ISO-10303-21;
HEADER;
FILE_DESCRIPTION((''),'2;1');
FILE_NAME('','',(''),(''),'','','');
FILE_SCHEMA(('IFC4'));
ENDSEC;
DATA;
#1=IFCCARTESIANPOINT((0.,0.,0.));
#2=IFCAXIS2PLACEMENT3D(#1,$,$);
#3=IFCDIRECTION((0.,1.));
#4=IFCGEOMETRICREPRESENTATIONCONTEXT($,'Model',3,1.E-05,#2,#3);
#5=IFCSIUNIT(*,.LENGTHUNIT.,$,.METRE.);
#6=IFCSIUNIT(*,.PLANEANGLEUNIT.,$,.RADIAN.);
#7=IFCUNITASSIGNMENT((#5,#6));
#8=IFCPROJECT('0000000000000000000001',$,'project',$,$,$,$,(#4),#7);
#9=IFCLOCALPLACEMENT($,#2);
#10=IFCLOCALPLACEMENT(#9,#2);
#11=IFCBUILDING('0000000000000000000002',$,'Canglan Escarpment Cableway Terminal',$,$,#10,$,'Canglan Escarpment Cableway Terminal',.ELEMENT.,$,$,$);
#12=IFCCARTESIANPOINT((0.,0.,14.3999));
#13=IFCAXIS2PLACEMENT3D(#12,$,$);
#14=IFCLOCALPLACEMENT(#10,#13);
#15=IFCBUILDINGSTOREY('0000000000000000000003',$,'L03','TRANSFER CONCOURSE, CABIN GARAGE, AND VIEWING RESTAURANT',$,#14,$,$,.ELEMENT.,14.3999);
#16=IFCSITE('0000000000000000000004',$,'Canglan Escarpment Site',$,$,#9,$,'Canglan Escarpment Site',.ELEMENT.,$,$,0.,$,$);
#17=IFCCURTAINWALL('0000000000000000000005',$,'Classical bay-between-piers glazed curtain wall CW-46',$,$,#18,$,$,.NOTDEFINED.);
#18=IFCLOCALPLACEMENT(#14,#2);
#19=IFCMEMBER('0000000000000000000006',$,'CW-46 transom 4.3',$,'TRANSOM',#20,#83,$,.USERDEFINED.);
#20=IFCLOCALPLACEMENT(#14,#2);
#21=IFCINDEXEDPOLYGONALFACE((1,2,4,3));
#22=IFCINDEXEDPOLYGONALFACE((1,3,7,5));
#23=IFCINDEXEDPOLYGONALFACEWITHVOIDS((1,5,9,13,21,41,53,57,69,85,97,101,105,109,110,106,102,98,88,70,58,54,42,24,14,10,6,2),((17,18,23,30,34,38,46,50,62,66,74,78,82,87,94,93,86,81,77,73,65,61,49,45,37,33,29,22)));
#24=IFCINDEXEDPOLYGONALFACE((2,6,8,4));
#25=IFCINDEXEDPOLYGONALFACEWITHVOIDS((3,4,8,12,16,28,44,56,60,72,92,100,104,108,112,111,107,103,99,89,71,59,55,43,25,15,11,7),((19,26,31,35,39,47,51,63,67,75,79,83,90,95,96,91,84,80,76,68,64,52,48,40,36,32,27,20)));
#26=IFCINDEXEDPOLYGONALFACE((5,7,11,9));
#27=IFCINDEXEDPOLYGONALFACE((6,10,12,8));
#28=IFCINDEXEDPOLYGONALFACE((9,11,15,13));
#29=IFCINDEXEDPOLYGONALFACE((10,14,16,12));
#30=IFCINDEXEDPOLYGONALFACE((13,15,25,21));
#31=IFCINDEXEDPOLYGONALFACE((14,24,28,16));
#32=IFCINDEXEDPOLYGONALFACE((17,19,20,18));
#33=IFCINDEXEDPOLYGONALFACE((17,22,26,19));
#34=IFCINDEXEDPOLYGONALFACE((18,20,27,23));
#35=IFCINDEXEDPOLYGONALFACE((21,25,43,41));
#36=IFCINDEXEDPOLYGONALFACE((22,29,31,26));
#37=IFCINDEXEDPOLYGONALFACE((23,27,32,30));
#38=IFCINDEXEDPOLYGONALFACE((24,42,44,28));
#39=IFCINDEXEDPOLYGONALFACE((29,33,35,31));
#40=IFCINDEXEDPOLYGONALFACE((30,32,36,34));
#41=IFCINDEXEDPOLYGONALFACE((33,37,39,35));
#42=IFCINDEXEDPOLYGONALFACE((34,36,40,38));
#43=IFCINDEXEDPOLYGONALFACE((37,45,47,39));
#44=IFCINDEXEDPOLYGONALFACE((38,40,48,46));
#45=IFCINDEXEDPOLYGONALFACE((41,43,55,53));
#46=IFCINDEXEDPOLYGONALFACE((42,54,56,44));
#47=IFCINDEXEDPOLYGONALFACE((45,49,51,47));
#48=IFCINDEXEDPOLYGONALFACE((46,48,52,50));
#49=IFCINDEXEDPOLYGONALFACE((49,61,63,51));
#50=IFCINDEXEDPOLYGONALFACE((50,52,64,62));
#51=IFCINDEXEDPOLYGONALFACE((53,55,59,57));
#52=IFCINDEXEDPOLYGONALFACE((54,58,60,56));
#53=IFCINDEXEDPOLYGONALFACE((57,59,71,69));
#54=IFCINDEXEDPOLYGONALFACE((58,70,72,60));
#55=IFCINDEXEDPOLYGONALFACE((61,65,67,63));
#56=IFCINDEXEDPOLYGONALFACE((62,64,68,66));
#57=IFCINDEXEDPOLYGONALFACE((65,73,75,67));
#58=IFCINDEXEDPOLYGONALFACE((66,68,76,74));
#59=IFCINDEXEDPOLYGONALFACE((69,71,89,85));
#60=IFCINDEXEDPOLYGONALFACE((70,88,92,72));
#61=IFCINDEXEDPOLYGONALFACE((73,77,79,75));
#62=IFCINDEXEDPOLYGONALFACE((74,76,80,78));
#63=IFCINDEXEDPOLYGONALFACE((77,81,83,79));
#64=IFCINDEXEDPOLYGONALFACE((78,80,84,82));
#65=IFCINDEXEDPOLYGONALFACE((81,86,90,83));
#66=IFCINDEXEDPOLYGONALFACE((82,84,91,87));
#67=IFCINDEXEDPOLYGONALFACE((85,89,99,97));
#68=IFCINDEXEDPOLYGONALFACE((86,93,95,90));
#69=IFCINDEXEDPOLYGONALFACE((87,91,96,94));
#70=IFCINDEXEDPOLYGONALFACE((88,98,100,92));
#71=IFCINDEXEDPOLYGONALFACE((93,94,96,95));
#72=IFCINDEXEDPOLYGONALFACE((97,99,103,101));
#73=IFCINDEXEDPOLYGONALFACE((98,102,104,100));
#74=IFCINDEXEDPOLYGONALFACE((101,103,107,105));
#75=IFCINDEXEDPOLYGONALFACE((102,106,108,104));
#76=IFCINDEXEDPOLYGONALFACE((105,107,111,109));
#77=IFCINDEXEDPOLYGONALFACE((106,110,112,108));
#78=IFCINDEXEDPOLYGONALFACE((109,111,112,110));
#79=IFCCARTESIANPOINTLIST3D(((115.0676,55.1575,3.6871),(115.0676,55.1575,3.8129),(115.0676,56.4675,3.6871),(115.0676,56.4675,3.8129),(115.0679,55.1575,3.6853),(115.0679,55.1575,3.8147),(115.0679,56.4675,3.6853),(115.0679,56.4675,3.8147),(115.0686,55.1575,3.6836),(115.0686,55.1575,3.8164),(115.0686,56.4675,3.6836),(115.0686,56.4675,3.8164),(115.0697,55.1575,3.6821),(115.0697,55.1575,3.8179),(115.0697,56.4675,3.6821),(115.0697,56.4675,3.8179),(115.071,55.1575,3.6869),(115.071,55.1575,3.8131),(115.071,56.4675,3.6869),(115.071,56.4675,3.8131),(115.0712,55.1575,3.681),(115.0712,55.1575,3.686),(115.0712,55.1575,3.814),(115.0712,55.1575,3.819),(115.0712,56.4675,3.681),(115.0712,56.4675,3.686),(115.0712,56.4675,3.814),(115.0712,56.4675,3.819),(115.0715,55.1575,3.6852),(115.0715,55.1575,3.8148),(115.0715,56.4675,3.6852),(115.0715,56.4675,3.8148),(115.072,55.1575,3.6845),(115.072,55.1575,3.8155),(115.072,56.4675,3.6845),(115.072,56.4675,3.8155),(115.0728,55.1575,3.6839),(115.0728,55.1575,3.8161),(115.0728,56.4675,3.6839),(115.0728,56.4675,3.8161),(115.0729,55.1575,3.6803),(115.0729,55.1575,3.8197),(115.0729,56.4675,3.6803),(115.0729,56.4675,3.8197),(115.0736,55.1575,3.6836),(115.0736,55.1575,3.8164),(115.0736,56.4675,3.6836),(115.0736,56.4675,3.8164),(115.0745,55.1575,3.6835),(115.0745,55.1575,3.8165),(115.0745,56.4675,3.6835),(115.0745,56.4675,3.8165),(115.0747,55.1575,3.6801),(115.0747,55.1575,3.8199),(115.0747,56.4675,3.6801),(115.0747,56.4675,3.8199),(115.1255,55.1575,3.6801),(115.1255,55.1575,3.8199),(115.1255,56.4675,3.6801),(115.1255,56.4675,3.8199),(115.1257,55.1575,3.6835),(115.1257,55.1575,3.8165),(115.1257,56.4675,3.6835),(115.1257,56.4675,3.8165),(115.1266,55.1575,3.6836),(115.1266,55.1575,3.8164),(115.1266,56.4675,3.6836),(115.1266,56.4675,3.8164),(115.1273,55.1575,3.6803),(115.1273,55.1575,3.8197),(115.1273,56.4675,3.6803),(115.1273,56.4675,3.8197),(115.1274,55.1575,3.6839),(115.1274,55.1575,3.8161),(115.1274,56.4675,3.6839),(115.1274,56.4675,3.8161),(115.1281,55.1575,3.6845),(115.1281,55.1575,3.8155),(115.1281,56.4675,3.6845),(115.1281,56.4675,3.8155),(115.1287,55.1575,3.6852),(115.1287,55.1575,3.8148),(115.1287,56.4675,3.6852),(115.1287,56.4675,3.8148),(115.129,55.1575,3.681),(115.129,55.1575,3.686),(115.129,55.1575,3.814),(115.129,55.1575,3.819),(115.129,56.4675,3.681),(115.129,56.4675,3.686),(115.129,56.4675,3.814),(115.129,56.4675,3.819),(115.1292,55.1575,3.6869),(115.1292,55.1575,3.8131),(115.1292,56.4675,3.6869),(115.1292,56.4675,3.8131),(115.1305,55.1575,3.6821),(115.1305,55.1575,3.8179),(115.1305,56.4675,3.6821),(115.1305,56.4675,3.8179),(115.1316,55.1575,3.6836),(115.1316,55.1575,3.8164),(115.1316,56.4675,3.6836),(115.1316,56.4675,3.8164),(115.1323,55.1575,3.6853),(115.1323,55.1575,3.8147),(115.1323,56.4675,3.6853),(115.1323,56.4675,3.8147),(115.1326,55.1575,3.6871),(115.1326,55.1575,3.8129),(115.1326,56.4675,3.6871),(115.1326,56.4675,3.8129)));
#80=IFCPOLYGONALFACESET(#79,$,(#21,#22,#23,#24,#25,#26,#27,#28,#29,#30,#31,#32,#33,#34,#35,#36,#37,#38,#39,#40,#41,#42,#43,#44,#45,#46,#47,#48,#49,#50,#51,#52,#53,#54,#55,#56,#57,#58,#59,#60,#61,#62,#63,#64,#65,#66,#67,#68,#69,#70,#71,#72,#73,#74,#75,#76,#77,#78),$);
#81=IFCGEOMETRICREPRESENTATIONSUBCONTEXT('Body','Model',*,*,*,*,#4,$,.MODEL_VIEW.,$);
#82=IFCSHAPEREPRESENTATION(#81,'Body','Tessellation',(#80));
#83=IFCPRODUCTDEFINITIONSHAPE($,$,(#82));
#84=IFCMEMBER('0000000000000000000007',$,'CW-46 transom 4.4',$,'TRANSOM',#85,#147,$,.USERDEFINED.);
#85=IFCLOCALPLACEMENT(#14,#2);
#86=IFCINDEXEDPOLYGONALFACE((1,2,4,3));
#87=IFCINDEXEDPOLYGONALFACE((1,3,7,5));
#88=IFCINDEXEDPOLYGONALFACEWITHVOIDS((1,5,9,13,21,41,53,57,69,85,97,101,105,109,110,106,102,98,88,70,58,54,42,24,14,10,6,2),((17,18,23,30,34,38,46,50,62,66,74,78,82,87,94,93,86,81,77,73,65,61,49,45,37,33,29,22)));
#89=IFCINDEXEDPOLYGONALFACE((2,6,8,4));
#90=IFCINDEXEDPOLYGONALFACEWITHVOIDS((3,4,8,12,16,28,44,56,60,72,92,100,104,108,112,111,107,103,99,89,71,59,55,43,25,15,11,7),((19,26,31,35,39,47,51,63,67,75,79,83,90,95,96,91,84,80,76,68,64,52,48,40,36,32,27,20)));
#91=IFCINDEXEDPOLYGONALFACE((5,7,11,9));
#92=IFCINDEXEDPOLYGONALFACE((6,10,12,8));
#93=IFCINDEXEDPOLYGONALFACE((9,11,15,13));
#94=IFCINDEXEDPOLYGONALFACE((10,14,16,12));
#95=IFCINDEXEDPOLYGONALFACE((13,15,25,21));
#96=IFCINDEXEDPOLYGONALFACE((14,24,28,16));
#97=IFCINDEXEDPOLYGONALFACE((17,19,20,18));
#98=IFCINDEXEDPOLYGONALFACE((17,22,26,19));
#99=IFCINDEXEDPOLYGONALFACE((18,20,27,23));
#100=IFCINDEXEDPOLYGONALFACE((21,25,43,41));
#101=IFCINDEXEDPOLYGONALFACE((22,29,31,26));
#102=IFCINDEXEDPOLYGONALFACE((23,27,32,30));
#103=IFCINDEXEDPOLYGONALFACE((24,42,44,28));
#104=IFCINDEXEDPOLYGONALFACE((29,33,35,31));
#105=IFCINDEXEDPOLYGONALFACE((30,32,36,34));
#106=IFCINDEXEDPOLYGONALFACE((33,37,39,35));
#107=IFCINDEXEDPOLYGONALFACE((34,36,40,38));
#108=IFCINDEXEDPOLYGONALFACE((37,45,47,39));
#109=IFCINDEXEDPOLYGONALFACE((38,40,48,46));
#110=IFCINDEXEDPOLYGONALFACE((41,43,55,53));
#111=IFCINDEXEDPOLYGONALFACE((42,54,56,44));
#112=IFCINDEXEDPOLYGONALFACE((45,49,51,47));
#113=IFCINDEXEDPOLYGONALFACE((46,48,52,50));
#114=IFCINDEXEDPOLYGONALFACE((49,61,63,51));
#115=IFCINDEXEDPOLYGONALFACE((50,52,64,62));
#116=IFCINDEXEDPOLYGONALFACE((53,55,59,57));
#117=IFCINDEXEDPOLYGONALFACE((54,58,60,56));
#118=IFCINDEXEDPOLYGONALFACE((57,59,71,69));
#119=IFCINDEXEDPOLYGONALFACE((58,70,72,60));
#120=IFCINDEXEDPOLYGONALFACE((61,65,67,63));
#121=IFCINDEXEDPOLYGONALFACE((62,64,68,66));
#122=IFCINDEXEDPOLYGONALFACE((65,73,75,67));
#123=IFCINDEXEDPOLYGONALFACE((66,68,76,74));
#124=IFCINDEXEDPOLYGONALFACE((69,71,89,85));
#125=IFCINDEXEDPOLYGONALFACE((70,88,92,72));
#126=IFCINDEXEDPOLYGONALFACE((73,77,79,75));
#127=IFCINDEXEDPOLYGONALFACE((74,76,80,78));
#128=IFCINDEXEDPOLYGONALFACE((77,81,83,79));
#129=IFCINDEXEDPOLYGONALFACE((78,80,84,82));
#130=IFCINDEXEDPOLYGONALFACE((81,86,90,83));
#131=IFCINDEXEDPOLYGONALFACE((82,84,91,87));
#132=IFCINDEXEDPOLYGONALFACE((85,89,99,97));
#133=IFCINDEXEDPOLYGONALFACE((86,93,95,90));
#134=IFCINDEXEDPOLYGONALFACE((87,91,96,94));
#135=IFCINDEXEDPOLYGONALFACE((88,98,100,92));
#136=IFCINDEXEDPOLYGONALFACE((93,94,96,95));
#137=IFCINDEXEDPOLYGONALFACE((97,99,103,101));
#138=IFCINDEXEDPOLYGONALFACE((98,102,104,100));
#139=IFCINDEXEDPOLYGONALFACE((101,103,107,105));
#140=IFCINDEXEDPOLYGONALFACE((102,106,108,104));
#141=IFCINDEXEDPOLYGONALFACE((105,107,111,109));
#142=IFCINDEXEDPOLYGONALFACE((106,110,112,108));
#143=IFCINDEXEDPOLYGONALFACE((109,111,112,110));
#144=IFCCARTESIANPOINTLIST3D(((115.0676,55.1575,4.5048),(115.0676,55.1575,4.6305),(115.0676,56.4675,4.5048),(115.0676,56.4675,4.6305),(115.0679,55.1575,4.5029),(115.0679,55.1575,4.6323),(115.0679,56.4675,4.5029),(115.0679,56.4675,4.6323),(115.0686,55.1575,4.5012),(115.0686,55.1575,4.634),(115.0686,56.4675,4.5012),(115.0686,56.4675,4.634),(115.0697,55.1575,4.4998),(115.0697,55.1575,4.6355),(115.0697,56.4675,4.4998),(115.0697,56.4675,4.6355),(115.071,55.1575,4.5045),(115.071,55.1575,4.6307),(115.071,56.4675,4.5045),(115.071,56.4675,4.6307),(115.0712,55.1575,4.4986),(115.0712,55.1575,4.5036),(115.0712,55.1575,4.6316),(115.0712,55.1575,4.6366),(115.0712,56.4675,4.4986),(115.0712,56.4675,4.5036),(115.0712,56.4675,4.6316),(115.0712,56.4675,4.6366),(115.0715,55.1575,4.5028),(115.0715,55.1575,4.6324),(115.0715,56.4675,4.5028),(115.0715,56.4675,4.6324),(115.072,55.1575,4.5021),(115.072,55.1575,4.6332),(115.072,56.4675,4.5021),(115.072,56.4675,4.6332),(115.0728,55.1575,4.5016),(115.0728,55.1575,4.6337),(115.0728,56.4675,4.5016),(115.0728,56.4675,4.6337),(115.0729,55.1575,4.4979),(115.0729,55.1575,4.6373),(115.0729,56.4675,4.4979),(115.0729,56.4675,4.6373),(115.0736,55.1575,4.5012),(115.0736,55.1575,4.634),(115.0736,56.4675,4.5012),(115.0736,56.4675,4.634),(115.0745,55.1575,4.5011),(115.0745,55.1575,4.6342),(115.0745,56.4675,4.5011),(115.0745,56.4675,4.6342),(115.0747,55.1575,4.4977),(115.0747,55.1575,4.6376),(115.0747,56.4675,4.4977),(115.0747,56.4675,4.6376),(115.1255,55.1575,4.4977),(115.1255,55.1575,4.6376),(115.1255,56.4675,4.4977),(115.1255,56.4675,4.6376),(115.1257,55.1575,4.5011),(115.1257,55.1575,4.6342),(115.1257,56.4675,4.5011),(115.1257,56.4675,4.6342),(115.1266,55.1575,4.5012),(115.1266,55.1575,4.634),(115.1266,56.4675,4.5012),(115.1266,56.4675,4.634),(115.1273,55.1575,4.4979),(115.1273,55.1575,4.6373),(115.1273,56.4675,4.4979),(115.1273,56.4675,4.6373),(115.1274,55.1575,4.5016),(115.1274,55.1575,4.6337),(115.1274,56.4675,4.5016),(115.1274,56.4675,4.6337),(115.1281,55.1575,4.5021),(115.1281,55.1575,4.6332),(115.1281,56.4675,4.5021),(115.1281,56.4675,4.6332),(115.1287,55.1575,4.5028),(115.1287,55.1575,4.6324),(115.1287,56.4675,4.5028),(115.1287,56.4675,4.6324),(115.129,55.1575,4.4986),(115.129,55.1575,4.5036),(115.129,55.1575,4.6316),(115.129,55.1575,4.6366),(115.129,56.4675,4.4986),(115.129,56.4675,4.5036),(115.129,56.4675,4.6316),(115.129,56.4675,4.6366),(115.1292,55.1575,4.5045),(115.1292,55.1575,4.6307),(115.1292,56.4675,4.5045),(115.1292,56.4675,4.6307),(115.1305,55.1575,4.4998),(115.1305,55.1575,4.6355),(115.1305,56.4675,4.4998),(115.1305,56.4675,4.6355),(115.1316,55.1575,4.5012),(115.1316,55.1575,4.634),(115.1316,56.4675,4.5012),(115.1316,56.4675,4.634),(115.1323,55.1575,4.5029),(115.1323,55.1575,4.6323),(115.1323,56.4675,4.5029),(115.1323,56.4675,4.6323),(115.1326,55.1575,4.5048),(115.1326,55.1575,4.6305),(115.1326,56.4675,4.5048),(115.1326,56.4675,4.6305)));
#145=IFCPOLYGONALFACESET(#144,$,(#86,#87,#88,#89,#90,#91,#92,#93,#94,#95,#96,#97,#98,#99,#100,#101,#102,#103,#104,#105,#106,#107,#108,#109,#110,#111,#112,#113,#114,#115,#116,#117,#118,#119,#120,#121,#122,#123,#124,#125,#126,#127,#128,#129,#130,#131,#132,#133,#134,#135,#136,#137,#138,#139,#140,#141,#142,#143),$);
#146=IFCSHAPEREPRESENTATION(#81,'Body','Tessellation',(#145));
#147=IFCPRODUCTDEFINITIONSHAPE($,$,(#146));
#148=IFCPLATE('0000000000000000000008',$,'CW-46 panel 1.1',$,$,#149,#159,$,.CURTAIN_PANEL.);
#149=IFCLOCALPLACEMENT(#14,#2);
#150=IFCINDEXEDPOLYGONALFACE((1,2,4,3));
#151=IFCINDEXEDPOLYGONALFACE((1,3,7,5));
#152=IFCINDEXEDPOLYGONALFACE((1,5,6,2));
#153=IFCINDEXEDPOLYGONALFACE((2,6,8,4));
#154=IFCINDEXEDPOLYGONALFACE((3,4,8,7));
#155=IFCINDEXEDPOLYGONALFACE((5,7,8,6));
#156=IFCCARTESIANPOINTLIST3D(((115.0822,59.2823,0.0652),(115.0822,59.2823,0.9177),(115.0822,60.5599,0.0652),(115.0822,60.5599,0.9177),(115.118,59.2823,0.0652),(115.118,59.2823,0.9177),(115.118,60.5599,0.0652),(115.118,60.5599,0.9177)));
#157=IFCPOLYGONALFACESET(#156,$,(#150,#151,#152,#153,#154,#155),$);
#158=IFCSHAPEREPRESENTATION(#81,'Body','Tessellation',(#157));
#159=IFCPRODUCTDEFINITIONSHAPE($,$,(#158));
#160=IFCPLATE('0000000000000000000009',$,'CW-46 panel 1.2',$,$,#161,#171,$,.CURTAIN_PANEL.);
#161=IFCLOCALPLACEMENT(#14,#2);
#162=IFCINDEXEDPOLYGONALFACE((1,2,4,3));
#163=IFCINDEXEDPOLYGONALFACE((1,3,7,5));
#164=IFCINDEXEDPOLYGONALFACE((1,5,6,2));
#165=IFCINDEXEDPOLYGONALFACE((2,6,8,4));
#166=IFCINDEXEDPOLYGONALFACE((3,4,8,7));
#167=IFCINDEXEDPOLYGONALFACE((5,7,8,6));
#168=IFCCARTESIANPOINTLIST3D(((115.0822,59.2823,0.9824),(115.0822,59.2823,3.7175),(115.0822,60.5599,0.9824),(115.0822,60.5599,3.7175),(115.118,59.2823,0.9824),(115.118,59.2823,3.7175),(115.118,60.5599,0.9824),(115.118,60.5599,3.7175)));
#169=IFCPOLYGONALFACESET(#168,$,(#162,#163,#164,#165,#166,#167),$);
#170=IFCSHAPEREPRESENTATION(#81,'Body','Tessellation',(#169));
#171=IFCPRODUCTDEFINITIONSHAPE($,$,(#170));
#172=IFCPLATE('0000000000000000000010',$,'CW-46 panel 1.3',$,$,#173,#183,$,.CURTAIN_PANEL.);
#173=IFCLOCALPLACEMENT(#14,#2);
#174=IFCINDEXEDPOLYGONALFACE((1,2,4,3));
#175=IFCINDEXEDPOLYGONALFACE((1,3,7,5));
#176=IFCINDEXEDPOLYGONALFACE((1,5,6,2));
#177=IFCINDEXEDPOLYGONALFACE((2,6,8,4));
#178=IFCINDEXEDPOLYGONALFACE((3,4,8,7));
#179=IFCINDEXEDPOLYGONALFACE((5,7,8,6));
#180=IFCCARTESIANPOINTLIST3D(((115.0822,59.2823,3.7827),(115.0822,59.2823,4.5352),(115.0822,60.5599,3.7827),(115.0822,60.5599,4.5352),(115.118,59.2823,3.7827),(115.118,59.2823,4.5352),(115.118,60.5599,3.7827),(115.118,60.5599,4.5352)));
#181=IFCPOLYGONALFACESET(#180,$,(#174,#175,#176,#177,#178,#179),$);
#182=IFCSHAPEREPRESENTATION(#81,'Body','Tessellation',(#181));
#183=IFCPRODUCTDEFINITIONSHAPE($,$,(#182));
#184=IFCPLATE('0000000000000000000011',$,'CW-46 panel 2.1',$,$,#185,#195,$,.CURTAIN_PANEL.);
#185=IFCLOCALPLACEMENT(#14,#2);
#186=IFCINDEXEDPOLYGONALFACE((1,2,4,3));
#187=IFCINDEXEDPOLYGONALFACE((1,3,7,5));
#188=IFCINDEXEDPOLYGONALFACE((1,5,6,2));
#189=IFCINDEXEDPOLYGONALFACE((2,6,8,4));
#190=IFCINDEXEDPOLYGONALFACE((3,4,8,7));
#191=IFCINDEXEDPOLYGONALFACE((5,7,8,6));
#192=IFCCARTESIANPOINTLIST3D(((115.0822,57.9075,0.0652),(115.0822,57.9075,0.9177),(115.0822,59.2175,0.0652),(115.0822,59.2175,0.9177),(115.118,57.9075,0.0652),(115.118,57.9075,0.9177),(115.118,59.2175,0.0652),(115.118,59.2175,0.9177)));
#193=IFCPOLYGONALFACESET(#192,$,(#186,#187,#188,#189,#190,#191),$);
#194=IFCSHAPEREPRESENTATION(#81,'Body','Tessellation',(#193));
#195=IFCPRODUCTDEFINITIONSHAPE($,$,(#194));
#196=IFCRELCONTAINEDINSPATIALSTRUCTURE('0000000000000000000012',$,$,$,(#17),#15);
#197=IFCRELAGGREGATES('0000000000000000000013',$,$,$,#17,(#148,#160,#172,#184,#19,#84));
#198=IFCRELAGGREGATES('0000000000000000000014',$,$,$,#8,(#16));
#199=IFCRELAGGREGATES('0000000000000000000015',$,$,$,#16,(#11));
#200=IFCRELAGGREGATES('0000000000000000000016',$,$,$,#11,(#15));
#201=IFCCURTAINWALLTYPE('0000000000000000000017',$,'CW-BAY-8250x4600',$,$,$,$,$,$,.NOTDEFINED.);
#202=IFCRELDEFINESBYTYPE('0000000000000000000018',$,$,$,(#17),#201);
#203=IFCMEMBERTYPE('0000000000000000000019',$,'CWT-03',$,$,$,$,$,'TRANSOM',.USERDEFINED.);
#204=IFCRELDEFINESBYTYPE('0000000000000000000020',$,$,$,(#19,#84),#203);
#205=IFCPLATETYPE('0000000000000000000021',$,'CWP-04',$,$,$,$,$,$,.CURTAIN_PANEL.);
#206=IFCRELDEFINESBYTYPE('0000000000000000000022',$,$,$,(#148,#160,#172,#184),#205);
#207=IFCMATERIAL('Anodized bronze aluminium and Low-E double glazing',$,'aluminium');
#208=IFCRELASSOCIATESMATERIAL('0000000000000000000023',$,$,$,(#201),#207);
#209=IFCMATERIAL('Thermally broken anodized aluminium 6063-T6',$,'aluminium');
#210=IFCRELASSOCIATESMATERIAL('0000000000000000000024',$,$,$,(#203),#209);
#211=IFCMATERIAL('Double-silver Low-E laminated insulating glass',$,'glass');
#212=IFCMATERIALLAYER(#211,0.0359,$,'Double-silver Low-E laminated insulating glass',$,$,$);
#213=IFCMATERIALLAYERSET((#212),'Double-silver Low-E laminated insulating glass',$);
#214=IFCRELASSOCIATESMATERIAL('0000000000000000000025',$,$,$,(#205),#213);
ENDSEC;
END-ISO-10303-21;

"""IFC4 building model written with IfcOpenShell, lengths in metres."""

from ifc_helpers import new_model, si_unit, direction, frame, origin, origin_2d, place, context, subcontext, project, spatial, rectangle, hollow_rectangle, extrude, material, layer, layer_set, material_profile, profile_set, type_object, element, aggregate, save


model = new_model("IFC4")

# Units and contexts
model_context = context("Model", 3, precision=1e-05, world=origin(), true_north=direction((0.0, 1.0)))
body_context = subcontext(model_context, "Body", "Model", "MODEL_VIEW")
ifc_project = project(units=[si_unit("LENGTHUNIT", "METRE"), si_unit("PLANEANGLEUNIT", "RADIAN")], contexts=[model_context])

# Site, building, storey
site_placement = place(None, origin())
site = spatial("IfcSite", under=ifc_project, at=site_placement, Name="Canglan Escarpment Site", LongName="Canglan Escarpment Site", CompositionType="ELEMENT", RefElevation=0.0)
building_placement = place(site_placement, origin())
building = spatial("IfcBuilding", under=site, at=building_placement, Name="Canglan Escarpment Cableway Terminal", LongName="Canglan Escarpment Cableway Terminal", CompositionType="ELEMENT")
storey_placement = place(building_placement, frame((0.0, 0.0, 14.3999)))
storey = spatial("IfcBuildingStorey", under=building, at=storey_placement, Name="L03", Description="TRANSFER CONCOURSE, CABIN GARAGE, AND VIEWING RESTAURANT", CompositionType="ELEMENT", Elevation=14.3999)

# Curtain wall, members, plates
ifc_material_1 = material(Name="Anodized bronze aluminium and Low-E double glazing", Category="aluminium")
curtain_wall_type = type_object("IfcCurtainWallType", Name="CW-BAY-8250x4600", PredefinedType="NOTDEFINED", material=ifc_material_1)
curtain_wall_placement = place(storey_placement, origin())
curtain_wall = element("IfcCurtainWall", 1, at=curtain_wall_placement, inside=storey, type_object=curtain_wall_type, Name="Classical bay-between-piers glazed curtain wall CW-46", PredefinedType="NOTDEFINED")
ifc_material_2 = material(Name="Thermally broken anodized aluminium 6063-T6", Category="aluminium")
ifc_material_profile_1 = material_profile(ifc_material_2, hollow_rectangle(XDim=0.0649, YDim=0.1399, WallThickness=0.0034, InnerFilletRadius=0.0034, OuterFilletRadius=0.0071, at=origin_2d()), Name="ALU-TRAN 65x140x3.5")
ifc_profile_set_1 = profile_set([ifc_material_profile_1], Name="Thermally broken anodized aluminium 6063-T6")
member_type_1 = type_object("IfcMemberType", Name="CWT-03", ElementType="TRANSOM", PredefinedType="USERDEFINED", material=ifc_profile_set_1)
member_1_placement = place(storey_placement, frame((115.1001, 56.4675, 3.75), z_axis=(0.0, -1.0, 0.0), x_axis=(1.0, 0.0, 0.0)))
member_1 = element("IfcMember", 2, at=member_1_placement, type_object=member_type_1, Name="CW-46 transom 4.3", ObjectType="TRANSOM", PredefinedType="USERDEFINED", context=body_context, shape_type="SweptSolid", body=[
    extrude(hollow_rectangle(XDim=0.0649, YDim=0.1399, WallThickness=0.0034, InnerFilletRadius=0.0034, OuterFilletRadius=0.0071, at=origin_2d()), origin(), (0.0, 0.0, 1.0), 1.3101),
])
member_2_placement = place(storey_placement, frame((115.1001, 56.4675, 4.5676), z_axis=(0.0, -1.0, 0.0), x_axis=(1.0, 0.0, 0.0)))
member_2 = element("IfcMember", 3, at=member_2_placement, type_object=member_type_1, Name="CW-46 transom 4.4", ObjectType="TRANSOM", PredefinedType="USERDEFINED", context=body_context, shape_type="SweptSolid", body=[
    extrude(hollow_rectangle(XDim=0.0649, YDim=0.1399, WallThickness=0.0034, InnerFilletRadius=0.0034, OuterFilletRadius=0.0071, at=origin_2d()), origin(), (0.0, 0.0, 1.0), 1.3101),
])
ifc_material_3 = material(Name="Double-silver Low-E laminated insulating glass", Category="glass")
ifc_layer = layer(ifc_material_3, 0.0359, Name="Double-silver Low-E laminated insulating glass")
ifc_layer_set = layer_set([ifc_layer], Name="Double-silver Low-E laminated insulating glass")
plate_type = type_object("IfcPlateType", Name="CWP-04", PredefinedType="CURTAIN_PANEL", material=ifc_layer_set)
plate_1_placement = place(storey_placement, frame((115.1001, 59.9211, 0.0652), z_axis=(0.0, 0.0, 1.0), x_axis=(0.0, -1.0, 0.0)))
plate_1 = element("IfcPlate", 4, at=plate_1_placement, type_object=plate_type, Name="CW-46 panel 1.1", PredefinedType="CURTAIN_PANEL", context=body_context, shape_type="SweptSolid", body=[
    extrude(rectangle(XDim=1.2776, YDim=0.0359, at=origin_2d()), origin(), (0.0, 0.0, 1.0), 0.8525),
])
plate_2_placement = place(storey_placement, frame((115.1001, 59.9211, 0.9824), z_axis=(0.0, 0.0, 1.0), x_axis=(0.0, -1.0, 0.0)))
plate_2 = element("IfcPlate", 5, at=plate_2_placement, type_object=plate_type, Name="CW-46 panel 1.2", PredefinedType="CURTAIN_PANEL", context=body_context, shape_type="SweptSolid", body=[
    extrude(rectangle(XDim=1.2776, YDim=0.0359, at=origin_2d()), origin(), (0.0, 0.0, 1.0), 2.7351),
])
plate_3_placement = place(storey_placement, frame((115.1001, 59.9211, 3.7827), z_axis=(0.0, 0.0, 1.0), x_axis=(0.0, -1.0, 0.0)))
plate_3 = element("IfcPlate", 6, at=plate_3_placement, type_object=plate_type, Name="CW-46 panel 1.3", PredefinedType="CURTAIN_PANEL", context=body_context, shape_type="SweptSolid", body=[
    extrude(rectangle(XDim=1.2776, YDim=0.0359, at=origin_2d()), origin(), (0.0, 0.0, 1.0), 0.7524),
])
plate_4_placement = place(storey_placement, frame((115.1001, 58.5625, 0.0652), z_axis=(0.0, 0.0, 1.0), x_axis=(0.0, -1.0, 0.0)))
plate_4 = element("IfcPlate", 7, at=plate_4_placement, type_object=plate_type, Name="CW-46 panel 2.1", PredefinedType="CURTAIN_PANEL", context=body_context, shape_type="SweptSolid", body=[
    extrude(rectangle(XDim=1.3101, YDim=0.0359, at=origin_2d()), origin(), (0.0, 0.0, 1.0), 0.8525),
])
aggregate(curtain_wall, [plate_1, plate_2, plate_3, plate_4, member_1, member_2])

save(model, "model.ifc")
